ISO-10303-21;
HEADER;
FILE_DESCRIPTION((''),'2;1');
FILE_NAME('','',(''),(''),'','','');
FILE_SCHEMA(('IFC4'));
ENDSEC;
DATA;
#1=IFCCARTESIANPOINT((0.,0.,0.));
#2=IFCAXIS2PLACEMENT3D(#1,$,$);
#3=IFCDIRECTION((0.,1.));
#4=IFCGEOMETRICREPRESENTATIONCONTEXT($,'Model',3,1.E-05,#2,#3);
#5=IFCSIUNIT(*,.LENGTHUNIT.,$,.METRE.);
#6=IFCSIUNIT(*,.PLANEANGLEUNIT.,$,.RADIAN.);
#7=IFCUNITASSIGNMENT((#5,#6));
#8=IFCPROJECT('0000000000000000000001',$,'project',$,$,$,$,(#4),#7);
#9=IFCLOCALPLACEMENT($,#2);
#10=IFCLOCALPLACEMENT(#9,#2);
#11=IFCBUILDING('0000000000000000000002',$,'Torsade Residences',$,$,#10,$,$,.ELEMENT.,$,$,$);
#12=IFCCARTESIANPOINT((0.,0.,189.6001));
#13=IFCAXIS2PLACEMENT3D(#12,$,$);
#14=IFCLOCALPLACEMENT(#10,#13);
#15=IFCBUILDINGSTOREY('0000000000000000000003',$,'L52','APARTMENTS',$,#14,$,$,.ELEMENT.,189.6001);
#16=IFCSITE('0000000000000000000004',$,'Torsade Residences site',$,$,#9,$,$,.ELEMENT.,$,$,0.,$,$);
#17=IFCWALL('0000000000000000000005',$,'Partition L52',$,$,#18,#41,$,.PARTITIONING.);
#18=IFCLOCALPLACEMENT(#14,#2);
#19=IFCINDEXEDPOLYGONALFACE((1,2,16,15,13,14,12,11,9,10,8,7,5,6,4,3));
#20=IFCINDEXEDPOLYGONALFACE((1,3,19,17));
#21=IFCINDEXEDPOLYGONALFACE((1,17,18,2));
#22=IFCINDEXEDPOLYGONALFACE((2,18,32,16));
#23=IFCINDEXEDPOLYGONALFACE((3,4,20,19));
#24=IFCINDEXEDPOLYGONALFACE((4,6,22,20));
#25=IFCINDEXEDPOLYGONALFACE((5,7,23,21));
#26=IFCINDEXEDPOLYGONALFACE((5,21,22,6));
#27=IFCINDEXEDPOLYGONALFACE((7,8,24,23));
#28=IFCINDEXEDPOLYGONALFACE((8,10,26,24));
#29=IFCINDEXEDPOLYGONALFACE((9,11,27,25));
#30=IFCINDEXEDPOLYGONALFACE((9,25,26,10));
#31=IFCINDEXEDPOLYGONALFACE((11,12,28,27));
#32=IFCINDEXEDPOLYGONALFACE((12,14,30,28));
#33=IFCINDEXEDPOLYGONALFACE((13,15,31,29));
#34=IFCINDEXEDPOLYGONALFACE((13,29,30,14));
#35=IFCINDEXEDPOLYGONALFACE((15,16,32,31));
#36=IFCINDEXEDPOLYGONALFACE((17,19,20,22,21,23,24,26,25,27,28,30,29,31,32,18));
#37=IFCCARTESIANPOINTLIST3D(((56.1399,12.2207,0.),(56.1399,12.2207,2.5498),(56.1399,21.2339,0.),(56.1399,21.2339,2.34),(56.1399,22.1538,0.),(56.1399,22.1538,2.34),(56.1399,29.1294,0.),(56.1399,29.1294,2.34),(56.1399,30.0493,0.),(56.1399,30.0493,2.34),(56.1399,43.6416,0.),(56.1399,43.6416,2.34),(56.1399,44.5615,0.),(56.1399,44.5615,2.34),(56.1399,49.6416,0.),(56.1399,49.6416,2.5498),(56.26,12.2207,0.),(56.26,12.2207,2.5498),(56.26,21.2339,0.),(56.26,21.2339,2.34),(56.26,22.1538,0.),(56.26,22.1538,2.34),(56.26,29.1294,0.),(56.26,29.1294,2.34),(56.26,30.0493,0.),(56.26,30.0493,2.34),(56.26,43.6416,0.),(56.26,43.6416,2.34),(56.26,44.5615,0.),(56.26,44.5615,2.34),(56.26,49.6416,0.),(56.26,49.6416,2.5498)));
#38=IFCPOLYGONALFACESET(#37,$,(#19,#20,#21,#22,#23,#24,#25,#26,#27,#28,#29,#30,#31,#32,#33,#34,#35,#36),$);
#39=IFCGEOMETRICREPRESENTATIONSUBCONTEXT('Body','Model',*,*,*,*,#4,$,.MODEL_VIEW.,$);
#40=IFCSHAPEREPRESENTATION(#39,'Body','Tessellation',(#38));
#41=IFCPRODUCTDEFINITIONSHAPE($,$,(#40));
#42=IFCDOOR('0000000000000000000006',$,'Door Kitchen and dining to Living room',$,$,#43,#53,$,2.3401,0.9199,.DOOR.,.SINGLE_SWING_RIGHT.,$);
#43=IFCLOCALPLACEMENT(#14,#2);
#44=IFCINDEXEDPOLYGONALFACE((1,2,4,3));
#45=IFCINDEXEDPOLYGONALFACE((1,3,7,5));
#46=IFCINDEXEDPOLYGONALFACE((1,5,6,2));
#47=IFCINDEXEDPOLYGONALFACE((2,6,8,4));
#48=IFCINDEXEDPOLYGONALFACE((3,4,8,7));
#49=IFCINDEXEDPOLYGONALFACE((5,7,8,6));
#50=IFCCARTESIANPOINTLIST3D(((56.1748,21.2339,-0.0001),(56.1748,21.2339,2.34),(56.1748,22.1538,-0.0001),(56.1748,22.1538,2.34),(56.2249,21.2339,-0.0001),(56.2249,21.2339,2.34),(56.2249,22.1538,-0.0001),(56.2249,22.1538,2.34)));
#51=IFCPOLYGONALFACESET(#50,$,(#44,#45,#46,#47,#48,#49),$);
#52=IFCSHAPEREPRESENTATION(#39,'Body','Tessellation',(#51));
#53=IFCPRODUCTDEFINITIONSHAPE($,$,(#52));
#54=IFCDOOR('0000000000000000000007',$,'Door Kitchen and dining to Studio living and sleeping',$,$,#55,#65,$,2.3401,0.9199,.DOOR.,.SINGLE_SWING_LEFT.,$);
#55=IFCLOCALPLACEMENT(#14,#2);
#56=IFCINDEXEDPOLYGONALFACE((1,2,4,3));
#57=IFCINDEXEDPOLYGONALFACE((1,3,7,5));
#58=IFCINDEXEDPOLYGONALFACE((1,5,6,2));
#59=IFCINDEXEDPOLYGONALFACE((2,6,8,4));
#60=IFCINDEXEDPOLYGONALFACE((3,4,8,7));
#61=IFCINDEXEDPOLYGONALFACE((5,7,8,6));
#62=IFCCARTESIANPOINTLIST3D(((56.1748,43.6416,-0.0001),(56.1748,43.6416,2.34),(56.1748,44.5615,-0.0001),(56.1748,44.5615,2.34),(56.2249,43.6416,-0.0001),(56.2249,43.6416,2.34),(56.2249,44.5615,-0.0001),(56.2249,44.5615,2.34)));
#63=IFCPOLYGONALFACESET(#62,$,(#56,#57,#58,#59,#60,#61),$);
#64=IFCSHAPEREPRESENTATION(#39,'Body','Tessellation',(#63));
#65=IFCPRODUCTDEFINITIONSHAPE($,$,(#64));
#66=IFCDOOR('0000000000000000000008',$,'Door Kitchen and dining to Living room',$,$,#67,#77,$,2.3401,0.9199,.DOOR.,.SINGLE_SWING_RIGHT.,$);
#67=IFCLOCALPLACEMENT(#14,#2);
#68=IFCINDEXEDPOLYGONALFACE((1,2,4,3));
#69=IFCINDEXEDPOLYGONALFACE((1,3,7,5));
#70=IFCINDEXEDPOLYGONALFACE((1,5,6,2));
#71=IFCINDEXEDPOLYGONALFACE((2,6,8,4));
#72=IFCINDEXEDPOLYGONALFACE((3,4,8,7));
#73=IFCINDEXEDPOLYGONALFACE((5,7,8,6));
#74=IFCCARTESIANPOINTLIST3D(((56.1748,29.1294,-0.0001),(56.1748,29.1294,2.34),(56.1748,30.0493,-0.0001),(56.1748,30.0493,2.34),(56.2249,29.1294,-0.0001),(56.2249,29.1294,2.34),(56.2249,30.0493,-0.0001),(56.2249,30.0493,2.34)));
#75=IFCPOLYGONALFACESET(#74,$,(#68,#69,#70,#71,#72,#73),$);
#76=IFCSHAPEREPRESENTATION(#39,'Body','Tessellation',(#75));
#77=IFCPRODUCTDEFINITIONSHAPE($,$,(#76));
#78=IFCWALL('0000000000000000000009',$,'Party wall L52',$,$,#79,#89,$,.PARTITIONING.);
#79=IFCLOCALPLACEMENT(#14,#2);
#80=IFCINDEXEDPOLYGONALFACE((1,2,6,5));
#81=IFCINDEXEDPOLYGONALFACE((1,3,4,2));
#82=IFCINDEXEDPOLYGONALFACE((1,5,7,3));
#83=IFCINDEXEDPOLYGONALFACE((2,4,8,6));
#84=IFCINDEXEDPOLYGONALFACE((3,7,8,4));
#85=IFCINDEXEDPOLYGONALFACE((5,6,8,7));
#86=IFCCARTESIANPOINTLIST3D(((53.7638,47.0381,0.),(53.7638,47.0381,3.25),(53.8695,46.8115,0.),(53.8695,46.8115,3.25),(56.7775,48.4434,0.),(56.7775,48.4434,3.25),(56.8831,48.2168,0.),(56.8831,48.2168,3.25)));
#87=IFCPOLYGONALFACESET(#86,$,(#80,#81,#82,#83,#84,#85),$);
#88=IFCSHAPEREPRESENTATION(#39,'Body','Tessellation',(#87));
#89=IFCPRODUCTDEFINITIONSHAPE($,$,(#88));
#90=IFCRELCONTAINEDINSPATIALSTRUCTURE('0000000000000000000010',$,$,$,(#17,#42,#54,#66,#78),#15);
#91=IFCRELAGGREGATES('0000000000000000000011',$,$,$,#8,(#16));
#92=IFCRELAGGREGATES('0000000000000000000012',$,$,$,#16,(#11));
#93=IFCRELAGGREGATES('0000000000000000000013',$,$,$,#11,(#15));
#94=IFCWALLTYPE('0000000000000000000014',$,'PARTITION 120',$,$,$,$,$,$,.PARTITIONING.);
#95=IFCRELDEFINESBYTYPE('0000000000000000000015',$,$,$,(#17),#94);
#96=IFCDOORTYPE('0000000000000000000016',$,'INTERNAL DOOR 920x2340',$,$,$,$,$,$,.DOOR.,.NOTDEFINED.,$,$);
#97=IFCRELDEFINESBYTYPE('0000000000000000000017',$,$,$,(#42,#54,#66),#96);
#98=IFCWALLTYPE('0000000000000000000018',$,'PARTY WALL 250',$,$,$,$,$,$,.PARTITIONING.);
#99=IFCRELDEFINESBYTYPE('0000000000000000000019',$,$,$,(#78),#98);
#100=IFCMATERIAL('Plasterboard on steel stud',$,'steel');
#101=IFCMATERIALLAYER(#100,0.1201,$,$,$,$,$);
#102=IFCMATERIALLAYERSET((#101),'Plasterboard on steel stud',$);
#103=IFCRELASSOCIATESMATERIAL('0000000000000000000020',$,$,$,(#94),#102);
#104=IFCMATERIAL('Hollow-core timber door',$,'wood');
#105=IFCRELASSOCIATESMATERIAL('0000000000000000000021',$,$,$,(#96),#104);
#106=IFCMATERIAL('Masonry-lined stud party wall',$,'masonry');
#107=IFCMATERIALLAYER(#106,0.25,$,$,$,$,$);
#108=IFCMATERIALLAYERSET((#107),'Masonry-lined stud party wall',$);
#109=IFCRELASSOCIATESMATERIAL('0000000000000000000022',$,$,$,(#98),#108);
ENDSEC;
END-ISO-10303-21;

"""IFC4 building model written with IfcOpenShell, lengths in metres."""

from ifc_helpers import new_model, si_unit, direction, frame, frame_2d, origin, place, context, subcontext, project, spatial, rectangle, extrude, material, layer, layer_set, type_object, element, fill, save


model = new_model("IFC4")

# Units and contexts
model_context = context("Model", 3, precision=1e-05, world=origin(), true_north=direction((0.0, 1.0)))
body_context = subcontext(model_context, "Body", "Model", "MODEL_VIEW")
ifc_project = project(units=[si_unit("LENGTHUNIT", "METRE"), si_unit("PLANEANGLEUNIT", "RADIAN")], contexts=[model_context])

# Site, building, storey
site_placement = place(None, origin())
site = spatial("IfcSite", under=ifc_project, at=site_placement, Name="Torsade Residences site", CompositionType="ELEMENT", RefElevation=0.0)
building_placement = place(site_placement, origin())
building = spatial("IfcBuilding", under=site, at=building_placement, Name="Torsade Residences", CompositionType="ELEMENT")
storey_placement = place(building_placement, frame((0.0, 0.0, 189.6001)))
storey = spatial("IfcBuildingStorey", under=building, at=storey_placement, Name="L52", Description="APARTMENTS", CompositionType="ELEMENT", Elevation=189.6001)

# Wall, openings, doors
ifc_material_1 = material(Name="Plasterboard on steel stud", Category="steel")
ifc_layer_1 = layer(ifc_material_1, 0.1201)
ifc_layer_set_1 = layer_set([ifc_layer_1], Name="Plasterboard on steel stud")
wall_type_1 = type_object("IfcWallType", Name="PARTITION 120", PredefinedType="PARTITIONING", material=ifc_layer_set_1)
wall_1_placement = place(storey_placement, frame((56.2, 49.6416, 0.0), z_axis=(0.0, 0.0, 1.0), x_axis=(0.0, -1.0, 0.0)))
wall_1 = element("IfcWall", 1, at=wall_1_placement, inside=storey, type_object=wall_type_1, Name="Partition L52", PredefinedType="PARTITIONING", context=body_context, shape_type="SweptSolid", body=[
    extrude(rectangle(XDim=37.4209, YDim=0.1201, at=frame_2d((18.7104, 0.0))), origin(), (0.0, 0.0, 1.0), 2.5498),
])
opening_1_placement = place(wall_1_placement, frame((27.4878, 0.0, 0.0)))
opening_1 = element("IfcOpeningElement", 2, at=opening_1_placement, cuts=wall_1, PredefinedType="OPENING", context=body_context, shape_type="SweptSolid", body=[
    extrude(rectangle(XDim=0.9199, YDim=2.3401, at=frame_2d((0.46, 1.1699))), frame((0.0, 0.0701, 0.0), z_axis=(0.0, -1.0, 0.0), x_axis=(1.0, 0.0, 0.0)), (0.0, 0.0, 1.0), 0.1401),
])
opening_2_placement = place(wall_1_placement, frame((5.0801, 0.0, 0.0)))
opening_2 = element("IfcOpeningElement", 3, at=opening_2_placement, cuts=wall_1, PredefinedType="OPENING", context=body_context, shape_type="SweptSolid", body=[
    extrude(rectangle(XDim=0.9199, YDim=2.3401, at=frame_2d((0.46, 1.1699))), frame((0.0, 0.0701, 0.0), z_axis=(0.0, -1.0, 0.0), x_axis=(1.0, 0.0, 0.0)), (0.0, 0.0, 1.0), 0.1401),
])
opening_3_placement = place(wall_1_placement, frame((19.5923, 0.0, 0.0)))
opening_3 = element("IfcOpeningElement", 4, at=opening_3_placement, cuts=wall_1, PredefinedType="OPENING", context=body_context, shape_type="SweptSolid", body=[
    extrude(rectangle(XDim=0.9199, YDim=2.3401, at=frame_2d((0.46, 1.1699))), frame((0.0, 0.0701, 0.0), z_axis=(0.0, -1.0, 0.0), x_axis=(1.0, 0.0, 0.0)), (0.0, 0.0, 1.0), 0.1401),
])
ifc_material_2 = material(Name="Hollow-core timber door", Category="wood")
door_type_1 = type_object("IfcDoorType", Name="INTERNAL DOOR 920x2340", OperationType="NOTDEFINED", PredefinedType="DOOR", material=ifc_material_2)
door_1_placement = place(opening_1_placement, origin())
door_1 = element("IfcDoor", 5, at=door_1_placement, inside=storey, type_object=door_type_1, Name="Door Kitchen and dining to Living room", OperationType="SINGLE_SWING_RIGHT", OverallHeight=2.3401, OverallWidth=0.9199, PredefinedType="DOOR", context=body_context, shape_type="SweptSolid", body=[
    extrude(rectangle(XDim=0.9199, YDim=2.3401, at=frame_2d((0.46, 1.1699))), frame((0.0, 0.0249, 0.0), z_axis=(0.0, -1.0, 0.0), x_axis=(1.0, 0.0, 0.0)), (0.0, 0.0, 1.0), 0.05),
])
fill(opening_1, door_1)
door_2_placement = place(opening_2_placement, origin())
door_2 = element("IfcDoor", 6, at=door_2_placement, inside=storey, type_object=door_type_1, Name="Door Kitchen and dining to Studio living and sleeping", OperationType="SINGLE_SWING_LEFT", OverallHeight=2.3401, OverallWidth=0.9199, PredefinedType="DOOR", context=body_context, shape_type="SweptSolid", body=[
    extrude(rectangle(XDim=0.9199, YDim=2.3401, at=frame_2d((0.46, 1.1699))), frame((0.0, 0.0249, 0.0), z_axis=(0.0, -1.0, 0.0), x_axis=(1.0, 0.0, 0.0)), (0.0, 0.0, 1.0), 0.05),
])
fill(opening_2, door_2)
door_3_placement = place(opening_3_placement, origin())
door_3 = element("IfcDoor", 7, at=door_3_placement, inside=storey, type_object=door_type_1, Name="Door Kitchen and dining to Living room", OperationType="SINGLE_SWING_RIGHT", OverallHeight=2.3401, OverallWidth=0.9199, PredefinedType="DOOR", context=body_context, shape_type="SweptSolid", body=[
    extrude(rectangle(XDim=0.9199, YDim=2.3401, at=frame_2d((0.46, 1.1699))), frame((0.0, 0.0249, 0.0), z_axis=(0.0, -1.0, 0.0), x_axis=(1.0, 0.0, 0.0)), (0.0, 0.0, 1.0), 0.05),
])
fill(opening_3, door_3)

# Wall
ifc_material_3 = material(Name="Masonry-lined stud party wall", Category="masonry")
ifc_layer_2 = layer(ifc_material_3, 0.25)
ifc_layer_set_2 = layer_set([ifc_layer_2], Name="Masonry-lined stud party wall")
wall_type_2 = type_object("IfcWallType", Name="PARTY WALL 250", PredefinedType="PARTITIONING", material=ifc_layer_set_2)
wall_2_placement = place(storey_placement, frame((56.8303, 48.3301, 0.0), z_axis=(0.0, 0.0, 1.0), x_axis=(-0.906311, -0.422612, 0.0)))
element("IfcWall", 8, at=wall_2_placement, inside=storey, type_object=wall_type_2, Name="Party wall L52", PredefinedType="PARTITIONING", context=body_context, shape_type="SweptSolid", body=[
    extrude(rectangle(XDim=3.3252, YDim=0.25, at=frame_2d((1.6626, 0.0))), origin(), (0.0, 0.0, 1.0), 3.25),
])

save(model, "model.ifc")
